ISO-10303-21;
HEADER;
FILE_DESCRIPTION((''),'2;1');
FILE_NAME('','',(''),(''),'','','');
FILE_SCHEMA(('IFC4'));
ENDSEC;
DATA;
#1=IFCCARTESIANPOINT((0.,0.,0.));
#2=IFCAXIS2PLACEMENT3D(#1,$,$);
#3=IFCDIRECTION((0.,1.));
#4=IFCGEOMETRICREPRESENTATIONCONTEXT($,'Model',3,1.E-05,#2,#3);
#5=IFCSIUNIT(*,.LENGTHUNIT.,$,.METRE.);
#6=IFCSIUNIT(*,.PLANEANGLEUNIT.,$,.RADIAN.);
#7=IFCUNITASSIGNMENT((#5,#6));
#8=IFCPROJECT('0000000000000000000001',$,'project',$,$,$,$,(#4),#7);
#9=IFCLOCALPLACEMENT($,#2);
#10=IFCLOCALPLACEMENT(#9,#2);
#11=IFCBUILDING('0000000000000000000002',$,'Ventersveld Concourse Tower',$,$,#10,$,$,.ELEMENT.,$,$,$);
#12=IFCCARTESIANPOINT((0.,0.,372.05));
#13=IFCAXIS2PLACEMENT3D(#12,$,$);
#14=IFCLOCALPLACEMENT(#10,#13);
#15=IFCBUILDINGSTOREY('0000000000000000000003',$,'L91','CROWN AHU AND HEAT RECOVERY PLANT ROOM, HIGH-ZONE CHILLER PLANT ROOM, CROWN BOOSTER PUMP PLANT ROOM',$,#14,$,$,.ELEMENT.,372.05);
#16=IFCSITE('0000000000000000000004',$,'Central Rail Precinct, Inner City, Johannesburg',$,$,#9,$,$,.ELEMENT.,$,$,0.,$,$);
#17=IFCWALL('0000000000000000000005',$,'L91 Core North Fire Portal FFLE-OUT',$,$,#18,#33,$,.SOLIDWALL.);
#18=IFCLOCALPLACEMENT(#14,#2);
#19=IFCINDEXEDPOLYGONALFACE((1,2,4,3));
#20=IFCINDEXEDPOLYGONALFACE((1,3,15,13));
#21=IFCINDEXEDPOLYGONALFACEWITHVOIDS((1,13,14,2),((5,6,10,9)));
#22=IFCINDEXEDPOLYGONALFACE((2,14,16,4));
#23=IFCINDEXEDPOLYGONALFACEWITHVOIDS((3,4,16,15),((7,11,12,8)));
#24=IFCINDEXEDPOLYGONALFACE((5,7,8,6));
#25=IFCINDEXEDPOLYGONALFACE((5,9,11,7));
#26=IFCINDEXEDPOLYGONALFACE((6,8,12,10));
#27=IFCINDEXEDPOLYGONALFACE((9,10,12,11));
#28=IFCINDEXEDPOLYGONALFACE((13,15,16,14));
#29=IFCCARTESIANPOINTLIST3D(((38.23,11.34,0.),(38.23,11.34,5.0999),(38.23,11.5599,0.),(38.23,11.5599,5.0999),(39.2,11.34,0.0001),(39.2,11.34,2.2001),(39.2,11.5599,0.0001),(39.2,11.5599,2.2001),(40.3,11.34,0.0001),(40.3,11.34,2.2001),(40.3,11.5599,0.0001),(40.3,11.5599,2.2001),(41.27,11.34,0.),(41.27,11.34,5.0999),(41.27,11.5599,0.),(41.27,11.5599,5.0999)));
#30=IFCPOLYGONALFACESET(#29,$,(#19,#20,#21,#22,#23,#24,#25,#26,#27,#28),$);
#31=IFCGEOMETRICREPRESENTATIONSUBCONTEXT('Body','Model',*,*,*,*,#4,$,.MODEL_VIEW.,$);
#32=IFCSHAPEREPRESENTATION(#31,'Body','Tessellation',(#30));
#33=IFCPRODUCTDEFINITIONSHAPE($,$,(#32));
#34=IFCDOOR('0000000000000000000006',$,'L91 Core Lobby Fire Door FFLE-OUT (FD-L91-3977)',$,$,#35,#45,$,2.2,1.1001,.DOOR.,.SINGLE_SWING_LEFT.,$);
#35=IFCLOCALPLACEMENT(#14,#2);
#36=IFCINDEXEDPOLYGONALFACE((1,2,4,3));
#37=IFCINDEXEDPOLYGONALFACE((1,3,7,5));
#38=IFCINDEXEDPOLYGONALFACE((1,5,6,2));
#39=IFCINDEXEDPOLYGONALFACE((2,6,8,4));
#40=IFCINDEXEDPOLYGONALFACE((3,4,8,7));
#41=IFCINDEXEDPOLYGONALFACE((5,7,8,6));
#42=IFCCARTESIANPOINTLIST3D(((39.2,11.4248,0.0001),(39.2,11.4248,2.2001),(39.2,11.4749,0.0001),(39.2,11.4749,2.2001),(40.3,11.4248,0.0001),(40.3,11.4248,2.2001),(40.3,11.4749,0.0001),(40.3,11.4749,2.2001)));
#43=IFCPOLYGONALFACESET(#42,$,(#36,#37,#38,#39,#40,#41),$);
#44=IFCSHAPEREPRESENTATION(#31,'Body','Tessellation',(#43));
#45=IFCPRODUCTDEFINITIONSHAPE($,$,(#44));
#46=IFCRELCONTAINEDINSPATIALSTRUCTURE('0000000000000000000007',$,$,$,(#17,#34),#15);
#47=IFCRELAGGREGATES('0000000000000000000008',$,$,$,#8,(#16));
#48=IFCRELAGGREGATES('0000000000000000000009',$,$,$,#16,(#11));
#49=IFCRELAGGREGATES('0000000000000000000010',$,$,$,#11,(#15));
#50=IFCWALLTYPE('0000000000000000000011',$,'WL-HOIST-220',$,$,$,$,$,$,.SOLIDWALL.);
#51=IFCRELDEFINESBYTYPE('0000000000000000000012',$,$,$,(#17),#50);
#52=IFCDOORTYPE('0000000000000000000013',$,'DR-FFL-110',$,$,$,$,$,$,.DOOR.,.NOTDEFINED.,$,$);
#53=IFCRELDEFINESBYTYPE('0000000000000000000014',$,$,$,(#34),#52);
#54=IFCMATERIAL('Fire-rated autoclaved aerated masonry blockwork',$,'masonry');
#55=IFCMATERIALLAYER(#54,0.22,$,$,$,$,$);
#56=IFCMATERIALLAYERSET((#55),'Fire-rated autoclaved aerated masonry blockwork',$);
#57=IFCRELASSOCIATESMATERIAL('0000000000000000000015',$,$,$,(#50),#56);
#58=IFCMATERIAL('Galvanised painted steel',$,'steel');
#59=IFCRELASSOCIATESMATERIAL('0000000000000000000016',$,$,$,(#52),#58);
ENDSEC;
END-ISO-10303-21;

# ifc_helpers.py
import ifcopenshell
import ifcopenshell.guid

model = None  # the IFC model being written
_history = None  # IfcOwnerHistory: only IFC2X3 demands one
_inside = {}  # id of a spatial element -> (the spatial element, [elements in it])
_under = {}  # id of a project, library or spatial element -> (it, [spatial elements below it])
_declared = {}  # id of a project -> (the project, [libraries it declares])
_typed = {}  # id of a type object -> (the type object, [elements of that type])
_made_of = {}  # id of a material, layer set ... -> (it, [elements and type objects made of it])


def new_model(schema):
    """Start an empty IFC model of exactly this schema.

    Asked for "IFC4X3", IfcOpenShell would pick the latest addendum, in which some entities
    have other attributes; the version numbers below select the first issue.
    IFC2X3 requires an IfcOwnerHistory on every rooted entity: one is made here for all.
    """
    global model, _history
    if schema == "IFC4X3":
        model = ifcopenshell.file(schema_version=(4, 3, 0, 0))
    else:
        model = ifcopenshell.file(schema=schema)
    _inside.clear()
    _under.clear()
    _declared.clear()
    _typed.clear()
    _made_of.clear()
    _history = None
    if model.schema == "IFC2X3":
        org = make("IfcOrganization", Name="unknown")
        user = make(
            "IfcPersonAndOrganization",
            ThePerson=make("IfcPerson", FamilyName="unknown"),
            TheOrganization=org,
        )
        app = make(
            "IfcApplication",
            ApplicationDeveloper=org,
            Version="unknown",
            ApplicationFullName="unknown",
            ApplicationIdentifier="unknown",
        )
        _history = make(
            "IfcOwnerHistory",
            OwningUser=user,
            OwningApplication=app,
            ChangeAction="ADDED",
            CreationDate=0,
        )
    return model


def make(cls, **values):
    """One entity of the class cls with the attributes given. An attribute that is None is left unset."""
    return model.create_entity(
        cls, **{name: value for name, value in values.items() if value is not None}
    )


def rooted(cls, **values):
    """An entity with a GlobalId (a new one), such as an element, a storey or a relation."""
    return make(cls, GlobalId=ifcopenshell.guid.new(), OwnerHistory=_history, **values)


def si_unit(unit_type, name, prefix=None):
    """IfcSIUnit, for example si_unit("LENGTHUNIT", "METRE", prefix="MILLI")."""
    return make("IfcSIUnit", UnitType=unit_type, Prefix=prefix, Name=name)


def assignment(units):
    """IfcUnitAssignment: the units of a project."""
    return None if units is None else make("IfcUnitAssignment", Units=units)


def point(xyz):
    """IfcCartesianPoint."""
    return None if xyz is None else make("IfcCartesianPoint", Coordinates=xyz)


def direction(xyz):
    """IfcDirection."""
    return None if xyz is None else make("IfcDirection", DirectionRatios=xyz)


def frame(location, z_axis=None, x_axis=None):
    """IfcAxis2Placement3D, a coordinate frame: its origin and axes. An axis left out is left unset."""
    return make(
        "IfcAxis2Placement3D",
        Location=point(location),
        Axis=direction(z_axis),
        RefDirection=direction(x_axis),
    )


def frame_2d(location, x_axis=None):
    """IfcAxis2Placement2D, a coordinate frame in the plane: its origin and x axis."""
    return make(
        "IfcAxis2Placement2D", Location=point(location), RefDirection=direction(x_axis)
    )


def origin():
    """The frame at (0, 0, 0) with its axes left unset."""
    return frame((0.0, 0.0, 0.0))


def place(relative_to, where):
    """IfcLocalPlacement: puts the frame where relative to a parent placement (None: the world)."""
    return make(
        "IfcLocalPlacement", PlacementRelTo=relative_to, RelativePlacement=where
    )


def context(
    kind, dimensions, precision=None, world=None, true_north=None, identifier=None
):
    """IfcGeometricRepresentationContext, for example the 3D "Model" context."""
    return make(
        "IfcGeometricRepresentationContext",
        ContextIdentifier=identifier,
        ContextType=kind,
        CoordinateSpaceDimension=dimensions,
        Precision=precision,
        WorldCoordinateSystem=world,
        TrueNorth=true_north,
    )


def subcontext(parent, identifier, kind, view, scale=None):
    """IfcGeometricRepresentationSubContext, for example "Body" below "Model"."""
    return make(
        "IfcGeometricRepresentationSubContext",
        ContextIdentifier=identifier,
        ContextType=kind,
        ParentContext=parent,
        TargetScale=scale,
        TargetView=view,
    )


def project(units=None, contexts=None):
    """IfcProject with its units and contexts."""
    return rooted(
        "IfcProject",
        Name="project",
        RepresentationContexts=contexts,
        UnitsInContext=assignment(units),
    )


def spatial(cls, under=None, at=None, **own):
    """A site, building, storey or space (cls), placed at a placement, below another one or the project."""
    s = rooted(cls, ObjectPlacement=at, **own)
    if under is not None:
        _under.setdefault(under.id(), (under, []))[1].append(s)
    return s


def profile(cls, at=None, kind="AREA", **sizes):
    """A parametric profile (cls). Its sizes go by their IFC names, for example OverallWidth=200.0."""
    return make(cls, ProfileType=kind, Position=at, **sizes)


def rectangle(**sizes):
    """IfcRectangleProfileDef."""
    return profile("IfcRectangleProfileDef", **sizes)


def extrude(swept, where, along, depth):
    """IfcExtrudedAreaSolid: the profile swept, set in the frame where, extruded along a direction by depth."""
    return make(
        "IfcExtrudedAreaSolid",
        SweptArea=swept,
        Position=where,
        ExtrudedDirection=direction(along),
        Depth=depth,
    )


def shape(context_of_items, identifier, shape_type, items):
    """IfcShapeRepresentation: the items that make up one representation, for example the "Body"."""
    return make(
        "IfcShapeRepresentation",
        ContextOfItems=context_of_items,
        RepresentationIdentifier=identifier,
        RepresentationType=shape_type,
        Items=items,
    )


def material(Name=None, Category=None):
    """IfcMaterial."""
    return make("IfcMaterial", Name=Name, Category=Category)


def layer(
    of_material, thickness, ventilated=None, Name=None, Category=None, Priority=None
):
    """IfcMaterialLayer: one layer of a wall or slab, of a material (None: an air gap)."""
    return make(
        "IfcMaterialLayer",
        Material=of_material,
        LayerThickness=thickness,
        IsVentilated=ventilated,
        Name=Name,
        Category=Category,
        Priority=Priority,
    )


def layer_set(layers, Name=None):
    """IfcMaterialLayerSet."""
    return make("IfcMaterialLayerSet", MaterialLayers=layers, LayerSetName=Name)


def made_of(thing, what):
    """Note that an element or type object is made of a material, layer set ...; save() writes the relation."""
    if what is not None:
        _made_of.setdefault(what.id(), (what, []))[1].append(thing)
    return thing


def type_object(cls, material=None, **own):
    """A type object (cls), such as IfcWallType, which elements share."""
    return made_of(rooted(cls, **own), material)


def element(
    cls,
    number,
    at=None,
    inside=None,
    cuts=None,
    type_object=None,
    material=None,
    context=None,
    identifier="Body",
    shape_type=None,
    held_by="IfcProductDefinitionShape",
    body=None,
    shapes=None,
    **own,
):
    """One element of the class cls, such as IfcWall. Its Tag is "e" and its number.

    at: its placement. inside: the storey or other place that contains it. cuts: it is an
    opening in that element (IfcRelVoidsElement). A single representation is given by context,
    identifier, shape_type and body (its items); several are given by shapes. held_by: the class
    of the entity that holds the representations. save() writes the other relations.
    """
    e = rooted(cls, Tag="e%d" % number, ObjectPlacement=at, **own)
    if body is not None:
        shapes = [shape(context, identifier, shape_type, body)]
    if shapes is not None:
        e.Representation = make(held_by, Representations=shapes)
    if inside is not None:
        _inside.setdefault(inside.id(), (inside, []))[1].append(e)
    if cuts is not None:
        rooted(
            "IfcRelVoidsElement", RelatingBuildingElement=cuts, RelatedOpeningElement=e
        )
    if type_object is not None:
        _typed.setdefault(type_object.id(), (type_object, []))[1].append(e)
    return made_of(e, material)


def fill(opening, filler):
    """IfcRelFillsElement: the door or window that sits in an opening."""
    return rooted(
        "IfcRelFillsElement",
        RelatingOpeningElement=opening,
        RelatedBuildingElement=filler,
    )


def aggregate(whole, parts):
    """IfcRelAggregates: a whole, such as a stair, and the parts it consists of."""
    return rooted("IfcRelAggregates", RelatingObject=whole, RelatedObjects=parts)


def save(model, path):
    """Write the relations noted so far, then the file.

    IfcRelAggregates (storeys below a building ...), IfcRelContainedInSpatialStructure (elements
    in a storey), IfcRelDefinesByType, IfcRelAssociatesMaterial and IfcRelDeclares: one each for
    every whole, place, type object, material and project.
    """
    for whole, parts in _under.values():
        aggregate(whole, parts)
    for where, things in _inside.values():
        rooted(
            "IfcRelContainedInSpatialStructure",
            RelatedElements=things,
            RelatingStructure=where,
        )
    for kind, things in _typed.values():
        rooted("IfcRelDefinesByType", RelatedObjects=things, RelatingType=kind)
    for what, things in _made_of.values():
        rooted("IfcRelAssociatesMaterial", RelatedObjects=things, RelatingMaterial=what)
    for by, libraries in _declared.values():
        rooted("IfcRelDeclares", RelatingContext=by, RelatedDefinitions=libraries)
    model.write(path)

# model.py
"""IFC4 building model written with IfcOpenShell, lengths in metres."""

from ifc_helpers import new_model, si_unit, direction, frame, frame_2d, origin, place, context, subcontext, project, spatial, rectangle, extrude, material, layer, layer_set, type_object, element, fill, save


model = new_model("IFC4")

# Units and contexts
model_context = context("Model", 3, precision=1e-05, world=origin(), true_north=direction((0.0, 1.0)))
body_context = subcontext(model_context, "Body", "Model", "MODEL_VIEW")
ifc_project = project(units=[si_unit("LENGTHUNIT", "METRE"), si_unit("PLANEANGLEUNIT", "RADIAN")], contexts=[model_context])

# Site, building, storey
site_placement = place(None, origin())
site = spatial("IfcSite", under=ifc_project, at=site_placement, Name="Central Rail Precinct, Inner City, Johannesburg", CompositionType="ELEMENT", RefElevation=0.0)
building_placement = place(site_placement, origin())
building = spatial("IfcBuilding", under=site, at=building_placement, Name="Ventersveld Concourse Tower", CompositionType="ELEMENT")
storey_placement = place(building_placement, frame((0.0, 0.0, 372.05)))
storey = spatial("IfcBuildingStorey", under=building, at=storey_placement, Name="L91", Description="CROWN AHU AND HEAT RECOVERY PLANT ROOM, HIGH-ZONE CHILLER PLANT ROOM, CROWN BOOSTER PUMP PLANT ROOM", CompositionType="ELEMENT", Elevation=372.05)

# Shared definitions
ifc_material_1 = material(Name="Fire-rated autoclaved aerated masonry blockwork", Category="masonry")
ifc_material_2 = material(Name="Galvanised painted steel", Category="steel")

# Wall, opening, door
ifc_layer_1 = layer(ifc_material_1, 0.22)
ifc_layer_set_1 = layer_set([ifc_layer_1], Name="Fire-rated autoclaved aerated masonry blockwork")
wall_type_1 = type_object("IfcWallType", Name="WL-HOIST-220", PredefinedType="SOLIDWALL", material=ifc_layer_set_1)
wall_1_placement = place(storey_placement, frame((38.23, 11.45, 0.0), z_axis=(0.0, 0.0, 1.0), x_axis=(1.0, 0.0, 0.0)))
wall_1 = element("IfcWall", 1, at=wall_1_placement, inside=storey, type_object=wall_type_1, Name="L91 Core North Fire Portal FFLE-OUT", PredefinedType="SOLIDWALL", context=body_context, shape_type="SweptSolid", body=[
    extrude(rectangle(XDim=3.04, YDim=0.22, at=frame_2d((1.52, 0.0))), origin(), (0.0, 0.0, 1.0), 5.0999),
])
opening_1_placement = place(wall_1_placement, frame((0.97, 0.0, 0.0)))
opening_1 = element("IfcOpeningElement", 2, at=opening_1_placement, cuts=wall_1, PredefinedType="OPENING", context=body_context, shape_type="SweptSolid", body=[
    extrude(rectangle(XDim=1.1001, YDim=2.2, at=frame_2d((0.55, 1.1001))), frame((0.0, 0.1201, 0.0), z_axis=(0.0, -1.0, 0.0), x_axis=(1.0, 0.0, 0.0)), (0.0, 0.0, 1.0), 0.24),
])
door_type_1 = type_object("IfcDoorType", Name="DR-FFL-110", OperationType="NOTDEFINED", PredefinedType="DOOR", material=ifc_material_2)
door_1_placement = place(opening_1_placement, origin())
door_1 = element("IfcDoor", 3, at=door_1_placement, inside=storey, type_object=door_type_1, Name="L91 Core Lobby Fire Door FFLE-OUT (FD-L91-3977)", OperationType="SINGLE_SWING_LEFT", OverallHeight=2.2, OverallWidth=1.1001, PredefinedType="DOOR", context=body_context, shape_type="SweptSolid", body=[
    extrude(rectangle(XDim=1.1001, YDim=2.2, at=frame_2d((0.55, 1.1001))), frame((0.0, 0.0249, 0.0), z_axis=(0.0, -1.0, 0.0), x_axis=(1.0, 0.0, 0.0)), (0.0, 0.0, 1.0), 0.05),
])
fill(opening_1, door_1)

save(model, "model.ifc")
